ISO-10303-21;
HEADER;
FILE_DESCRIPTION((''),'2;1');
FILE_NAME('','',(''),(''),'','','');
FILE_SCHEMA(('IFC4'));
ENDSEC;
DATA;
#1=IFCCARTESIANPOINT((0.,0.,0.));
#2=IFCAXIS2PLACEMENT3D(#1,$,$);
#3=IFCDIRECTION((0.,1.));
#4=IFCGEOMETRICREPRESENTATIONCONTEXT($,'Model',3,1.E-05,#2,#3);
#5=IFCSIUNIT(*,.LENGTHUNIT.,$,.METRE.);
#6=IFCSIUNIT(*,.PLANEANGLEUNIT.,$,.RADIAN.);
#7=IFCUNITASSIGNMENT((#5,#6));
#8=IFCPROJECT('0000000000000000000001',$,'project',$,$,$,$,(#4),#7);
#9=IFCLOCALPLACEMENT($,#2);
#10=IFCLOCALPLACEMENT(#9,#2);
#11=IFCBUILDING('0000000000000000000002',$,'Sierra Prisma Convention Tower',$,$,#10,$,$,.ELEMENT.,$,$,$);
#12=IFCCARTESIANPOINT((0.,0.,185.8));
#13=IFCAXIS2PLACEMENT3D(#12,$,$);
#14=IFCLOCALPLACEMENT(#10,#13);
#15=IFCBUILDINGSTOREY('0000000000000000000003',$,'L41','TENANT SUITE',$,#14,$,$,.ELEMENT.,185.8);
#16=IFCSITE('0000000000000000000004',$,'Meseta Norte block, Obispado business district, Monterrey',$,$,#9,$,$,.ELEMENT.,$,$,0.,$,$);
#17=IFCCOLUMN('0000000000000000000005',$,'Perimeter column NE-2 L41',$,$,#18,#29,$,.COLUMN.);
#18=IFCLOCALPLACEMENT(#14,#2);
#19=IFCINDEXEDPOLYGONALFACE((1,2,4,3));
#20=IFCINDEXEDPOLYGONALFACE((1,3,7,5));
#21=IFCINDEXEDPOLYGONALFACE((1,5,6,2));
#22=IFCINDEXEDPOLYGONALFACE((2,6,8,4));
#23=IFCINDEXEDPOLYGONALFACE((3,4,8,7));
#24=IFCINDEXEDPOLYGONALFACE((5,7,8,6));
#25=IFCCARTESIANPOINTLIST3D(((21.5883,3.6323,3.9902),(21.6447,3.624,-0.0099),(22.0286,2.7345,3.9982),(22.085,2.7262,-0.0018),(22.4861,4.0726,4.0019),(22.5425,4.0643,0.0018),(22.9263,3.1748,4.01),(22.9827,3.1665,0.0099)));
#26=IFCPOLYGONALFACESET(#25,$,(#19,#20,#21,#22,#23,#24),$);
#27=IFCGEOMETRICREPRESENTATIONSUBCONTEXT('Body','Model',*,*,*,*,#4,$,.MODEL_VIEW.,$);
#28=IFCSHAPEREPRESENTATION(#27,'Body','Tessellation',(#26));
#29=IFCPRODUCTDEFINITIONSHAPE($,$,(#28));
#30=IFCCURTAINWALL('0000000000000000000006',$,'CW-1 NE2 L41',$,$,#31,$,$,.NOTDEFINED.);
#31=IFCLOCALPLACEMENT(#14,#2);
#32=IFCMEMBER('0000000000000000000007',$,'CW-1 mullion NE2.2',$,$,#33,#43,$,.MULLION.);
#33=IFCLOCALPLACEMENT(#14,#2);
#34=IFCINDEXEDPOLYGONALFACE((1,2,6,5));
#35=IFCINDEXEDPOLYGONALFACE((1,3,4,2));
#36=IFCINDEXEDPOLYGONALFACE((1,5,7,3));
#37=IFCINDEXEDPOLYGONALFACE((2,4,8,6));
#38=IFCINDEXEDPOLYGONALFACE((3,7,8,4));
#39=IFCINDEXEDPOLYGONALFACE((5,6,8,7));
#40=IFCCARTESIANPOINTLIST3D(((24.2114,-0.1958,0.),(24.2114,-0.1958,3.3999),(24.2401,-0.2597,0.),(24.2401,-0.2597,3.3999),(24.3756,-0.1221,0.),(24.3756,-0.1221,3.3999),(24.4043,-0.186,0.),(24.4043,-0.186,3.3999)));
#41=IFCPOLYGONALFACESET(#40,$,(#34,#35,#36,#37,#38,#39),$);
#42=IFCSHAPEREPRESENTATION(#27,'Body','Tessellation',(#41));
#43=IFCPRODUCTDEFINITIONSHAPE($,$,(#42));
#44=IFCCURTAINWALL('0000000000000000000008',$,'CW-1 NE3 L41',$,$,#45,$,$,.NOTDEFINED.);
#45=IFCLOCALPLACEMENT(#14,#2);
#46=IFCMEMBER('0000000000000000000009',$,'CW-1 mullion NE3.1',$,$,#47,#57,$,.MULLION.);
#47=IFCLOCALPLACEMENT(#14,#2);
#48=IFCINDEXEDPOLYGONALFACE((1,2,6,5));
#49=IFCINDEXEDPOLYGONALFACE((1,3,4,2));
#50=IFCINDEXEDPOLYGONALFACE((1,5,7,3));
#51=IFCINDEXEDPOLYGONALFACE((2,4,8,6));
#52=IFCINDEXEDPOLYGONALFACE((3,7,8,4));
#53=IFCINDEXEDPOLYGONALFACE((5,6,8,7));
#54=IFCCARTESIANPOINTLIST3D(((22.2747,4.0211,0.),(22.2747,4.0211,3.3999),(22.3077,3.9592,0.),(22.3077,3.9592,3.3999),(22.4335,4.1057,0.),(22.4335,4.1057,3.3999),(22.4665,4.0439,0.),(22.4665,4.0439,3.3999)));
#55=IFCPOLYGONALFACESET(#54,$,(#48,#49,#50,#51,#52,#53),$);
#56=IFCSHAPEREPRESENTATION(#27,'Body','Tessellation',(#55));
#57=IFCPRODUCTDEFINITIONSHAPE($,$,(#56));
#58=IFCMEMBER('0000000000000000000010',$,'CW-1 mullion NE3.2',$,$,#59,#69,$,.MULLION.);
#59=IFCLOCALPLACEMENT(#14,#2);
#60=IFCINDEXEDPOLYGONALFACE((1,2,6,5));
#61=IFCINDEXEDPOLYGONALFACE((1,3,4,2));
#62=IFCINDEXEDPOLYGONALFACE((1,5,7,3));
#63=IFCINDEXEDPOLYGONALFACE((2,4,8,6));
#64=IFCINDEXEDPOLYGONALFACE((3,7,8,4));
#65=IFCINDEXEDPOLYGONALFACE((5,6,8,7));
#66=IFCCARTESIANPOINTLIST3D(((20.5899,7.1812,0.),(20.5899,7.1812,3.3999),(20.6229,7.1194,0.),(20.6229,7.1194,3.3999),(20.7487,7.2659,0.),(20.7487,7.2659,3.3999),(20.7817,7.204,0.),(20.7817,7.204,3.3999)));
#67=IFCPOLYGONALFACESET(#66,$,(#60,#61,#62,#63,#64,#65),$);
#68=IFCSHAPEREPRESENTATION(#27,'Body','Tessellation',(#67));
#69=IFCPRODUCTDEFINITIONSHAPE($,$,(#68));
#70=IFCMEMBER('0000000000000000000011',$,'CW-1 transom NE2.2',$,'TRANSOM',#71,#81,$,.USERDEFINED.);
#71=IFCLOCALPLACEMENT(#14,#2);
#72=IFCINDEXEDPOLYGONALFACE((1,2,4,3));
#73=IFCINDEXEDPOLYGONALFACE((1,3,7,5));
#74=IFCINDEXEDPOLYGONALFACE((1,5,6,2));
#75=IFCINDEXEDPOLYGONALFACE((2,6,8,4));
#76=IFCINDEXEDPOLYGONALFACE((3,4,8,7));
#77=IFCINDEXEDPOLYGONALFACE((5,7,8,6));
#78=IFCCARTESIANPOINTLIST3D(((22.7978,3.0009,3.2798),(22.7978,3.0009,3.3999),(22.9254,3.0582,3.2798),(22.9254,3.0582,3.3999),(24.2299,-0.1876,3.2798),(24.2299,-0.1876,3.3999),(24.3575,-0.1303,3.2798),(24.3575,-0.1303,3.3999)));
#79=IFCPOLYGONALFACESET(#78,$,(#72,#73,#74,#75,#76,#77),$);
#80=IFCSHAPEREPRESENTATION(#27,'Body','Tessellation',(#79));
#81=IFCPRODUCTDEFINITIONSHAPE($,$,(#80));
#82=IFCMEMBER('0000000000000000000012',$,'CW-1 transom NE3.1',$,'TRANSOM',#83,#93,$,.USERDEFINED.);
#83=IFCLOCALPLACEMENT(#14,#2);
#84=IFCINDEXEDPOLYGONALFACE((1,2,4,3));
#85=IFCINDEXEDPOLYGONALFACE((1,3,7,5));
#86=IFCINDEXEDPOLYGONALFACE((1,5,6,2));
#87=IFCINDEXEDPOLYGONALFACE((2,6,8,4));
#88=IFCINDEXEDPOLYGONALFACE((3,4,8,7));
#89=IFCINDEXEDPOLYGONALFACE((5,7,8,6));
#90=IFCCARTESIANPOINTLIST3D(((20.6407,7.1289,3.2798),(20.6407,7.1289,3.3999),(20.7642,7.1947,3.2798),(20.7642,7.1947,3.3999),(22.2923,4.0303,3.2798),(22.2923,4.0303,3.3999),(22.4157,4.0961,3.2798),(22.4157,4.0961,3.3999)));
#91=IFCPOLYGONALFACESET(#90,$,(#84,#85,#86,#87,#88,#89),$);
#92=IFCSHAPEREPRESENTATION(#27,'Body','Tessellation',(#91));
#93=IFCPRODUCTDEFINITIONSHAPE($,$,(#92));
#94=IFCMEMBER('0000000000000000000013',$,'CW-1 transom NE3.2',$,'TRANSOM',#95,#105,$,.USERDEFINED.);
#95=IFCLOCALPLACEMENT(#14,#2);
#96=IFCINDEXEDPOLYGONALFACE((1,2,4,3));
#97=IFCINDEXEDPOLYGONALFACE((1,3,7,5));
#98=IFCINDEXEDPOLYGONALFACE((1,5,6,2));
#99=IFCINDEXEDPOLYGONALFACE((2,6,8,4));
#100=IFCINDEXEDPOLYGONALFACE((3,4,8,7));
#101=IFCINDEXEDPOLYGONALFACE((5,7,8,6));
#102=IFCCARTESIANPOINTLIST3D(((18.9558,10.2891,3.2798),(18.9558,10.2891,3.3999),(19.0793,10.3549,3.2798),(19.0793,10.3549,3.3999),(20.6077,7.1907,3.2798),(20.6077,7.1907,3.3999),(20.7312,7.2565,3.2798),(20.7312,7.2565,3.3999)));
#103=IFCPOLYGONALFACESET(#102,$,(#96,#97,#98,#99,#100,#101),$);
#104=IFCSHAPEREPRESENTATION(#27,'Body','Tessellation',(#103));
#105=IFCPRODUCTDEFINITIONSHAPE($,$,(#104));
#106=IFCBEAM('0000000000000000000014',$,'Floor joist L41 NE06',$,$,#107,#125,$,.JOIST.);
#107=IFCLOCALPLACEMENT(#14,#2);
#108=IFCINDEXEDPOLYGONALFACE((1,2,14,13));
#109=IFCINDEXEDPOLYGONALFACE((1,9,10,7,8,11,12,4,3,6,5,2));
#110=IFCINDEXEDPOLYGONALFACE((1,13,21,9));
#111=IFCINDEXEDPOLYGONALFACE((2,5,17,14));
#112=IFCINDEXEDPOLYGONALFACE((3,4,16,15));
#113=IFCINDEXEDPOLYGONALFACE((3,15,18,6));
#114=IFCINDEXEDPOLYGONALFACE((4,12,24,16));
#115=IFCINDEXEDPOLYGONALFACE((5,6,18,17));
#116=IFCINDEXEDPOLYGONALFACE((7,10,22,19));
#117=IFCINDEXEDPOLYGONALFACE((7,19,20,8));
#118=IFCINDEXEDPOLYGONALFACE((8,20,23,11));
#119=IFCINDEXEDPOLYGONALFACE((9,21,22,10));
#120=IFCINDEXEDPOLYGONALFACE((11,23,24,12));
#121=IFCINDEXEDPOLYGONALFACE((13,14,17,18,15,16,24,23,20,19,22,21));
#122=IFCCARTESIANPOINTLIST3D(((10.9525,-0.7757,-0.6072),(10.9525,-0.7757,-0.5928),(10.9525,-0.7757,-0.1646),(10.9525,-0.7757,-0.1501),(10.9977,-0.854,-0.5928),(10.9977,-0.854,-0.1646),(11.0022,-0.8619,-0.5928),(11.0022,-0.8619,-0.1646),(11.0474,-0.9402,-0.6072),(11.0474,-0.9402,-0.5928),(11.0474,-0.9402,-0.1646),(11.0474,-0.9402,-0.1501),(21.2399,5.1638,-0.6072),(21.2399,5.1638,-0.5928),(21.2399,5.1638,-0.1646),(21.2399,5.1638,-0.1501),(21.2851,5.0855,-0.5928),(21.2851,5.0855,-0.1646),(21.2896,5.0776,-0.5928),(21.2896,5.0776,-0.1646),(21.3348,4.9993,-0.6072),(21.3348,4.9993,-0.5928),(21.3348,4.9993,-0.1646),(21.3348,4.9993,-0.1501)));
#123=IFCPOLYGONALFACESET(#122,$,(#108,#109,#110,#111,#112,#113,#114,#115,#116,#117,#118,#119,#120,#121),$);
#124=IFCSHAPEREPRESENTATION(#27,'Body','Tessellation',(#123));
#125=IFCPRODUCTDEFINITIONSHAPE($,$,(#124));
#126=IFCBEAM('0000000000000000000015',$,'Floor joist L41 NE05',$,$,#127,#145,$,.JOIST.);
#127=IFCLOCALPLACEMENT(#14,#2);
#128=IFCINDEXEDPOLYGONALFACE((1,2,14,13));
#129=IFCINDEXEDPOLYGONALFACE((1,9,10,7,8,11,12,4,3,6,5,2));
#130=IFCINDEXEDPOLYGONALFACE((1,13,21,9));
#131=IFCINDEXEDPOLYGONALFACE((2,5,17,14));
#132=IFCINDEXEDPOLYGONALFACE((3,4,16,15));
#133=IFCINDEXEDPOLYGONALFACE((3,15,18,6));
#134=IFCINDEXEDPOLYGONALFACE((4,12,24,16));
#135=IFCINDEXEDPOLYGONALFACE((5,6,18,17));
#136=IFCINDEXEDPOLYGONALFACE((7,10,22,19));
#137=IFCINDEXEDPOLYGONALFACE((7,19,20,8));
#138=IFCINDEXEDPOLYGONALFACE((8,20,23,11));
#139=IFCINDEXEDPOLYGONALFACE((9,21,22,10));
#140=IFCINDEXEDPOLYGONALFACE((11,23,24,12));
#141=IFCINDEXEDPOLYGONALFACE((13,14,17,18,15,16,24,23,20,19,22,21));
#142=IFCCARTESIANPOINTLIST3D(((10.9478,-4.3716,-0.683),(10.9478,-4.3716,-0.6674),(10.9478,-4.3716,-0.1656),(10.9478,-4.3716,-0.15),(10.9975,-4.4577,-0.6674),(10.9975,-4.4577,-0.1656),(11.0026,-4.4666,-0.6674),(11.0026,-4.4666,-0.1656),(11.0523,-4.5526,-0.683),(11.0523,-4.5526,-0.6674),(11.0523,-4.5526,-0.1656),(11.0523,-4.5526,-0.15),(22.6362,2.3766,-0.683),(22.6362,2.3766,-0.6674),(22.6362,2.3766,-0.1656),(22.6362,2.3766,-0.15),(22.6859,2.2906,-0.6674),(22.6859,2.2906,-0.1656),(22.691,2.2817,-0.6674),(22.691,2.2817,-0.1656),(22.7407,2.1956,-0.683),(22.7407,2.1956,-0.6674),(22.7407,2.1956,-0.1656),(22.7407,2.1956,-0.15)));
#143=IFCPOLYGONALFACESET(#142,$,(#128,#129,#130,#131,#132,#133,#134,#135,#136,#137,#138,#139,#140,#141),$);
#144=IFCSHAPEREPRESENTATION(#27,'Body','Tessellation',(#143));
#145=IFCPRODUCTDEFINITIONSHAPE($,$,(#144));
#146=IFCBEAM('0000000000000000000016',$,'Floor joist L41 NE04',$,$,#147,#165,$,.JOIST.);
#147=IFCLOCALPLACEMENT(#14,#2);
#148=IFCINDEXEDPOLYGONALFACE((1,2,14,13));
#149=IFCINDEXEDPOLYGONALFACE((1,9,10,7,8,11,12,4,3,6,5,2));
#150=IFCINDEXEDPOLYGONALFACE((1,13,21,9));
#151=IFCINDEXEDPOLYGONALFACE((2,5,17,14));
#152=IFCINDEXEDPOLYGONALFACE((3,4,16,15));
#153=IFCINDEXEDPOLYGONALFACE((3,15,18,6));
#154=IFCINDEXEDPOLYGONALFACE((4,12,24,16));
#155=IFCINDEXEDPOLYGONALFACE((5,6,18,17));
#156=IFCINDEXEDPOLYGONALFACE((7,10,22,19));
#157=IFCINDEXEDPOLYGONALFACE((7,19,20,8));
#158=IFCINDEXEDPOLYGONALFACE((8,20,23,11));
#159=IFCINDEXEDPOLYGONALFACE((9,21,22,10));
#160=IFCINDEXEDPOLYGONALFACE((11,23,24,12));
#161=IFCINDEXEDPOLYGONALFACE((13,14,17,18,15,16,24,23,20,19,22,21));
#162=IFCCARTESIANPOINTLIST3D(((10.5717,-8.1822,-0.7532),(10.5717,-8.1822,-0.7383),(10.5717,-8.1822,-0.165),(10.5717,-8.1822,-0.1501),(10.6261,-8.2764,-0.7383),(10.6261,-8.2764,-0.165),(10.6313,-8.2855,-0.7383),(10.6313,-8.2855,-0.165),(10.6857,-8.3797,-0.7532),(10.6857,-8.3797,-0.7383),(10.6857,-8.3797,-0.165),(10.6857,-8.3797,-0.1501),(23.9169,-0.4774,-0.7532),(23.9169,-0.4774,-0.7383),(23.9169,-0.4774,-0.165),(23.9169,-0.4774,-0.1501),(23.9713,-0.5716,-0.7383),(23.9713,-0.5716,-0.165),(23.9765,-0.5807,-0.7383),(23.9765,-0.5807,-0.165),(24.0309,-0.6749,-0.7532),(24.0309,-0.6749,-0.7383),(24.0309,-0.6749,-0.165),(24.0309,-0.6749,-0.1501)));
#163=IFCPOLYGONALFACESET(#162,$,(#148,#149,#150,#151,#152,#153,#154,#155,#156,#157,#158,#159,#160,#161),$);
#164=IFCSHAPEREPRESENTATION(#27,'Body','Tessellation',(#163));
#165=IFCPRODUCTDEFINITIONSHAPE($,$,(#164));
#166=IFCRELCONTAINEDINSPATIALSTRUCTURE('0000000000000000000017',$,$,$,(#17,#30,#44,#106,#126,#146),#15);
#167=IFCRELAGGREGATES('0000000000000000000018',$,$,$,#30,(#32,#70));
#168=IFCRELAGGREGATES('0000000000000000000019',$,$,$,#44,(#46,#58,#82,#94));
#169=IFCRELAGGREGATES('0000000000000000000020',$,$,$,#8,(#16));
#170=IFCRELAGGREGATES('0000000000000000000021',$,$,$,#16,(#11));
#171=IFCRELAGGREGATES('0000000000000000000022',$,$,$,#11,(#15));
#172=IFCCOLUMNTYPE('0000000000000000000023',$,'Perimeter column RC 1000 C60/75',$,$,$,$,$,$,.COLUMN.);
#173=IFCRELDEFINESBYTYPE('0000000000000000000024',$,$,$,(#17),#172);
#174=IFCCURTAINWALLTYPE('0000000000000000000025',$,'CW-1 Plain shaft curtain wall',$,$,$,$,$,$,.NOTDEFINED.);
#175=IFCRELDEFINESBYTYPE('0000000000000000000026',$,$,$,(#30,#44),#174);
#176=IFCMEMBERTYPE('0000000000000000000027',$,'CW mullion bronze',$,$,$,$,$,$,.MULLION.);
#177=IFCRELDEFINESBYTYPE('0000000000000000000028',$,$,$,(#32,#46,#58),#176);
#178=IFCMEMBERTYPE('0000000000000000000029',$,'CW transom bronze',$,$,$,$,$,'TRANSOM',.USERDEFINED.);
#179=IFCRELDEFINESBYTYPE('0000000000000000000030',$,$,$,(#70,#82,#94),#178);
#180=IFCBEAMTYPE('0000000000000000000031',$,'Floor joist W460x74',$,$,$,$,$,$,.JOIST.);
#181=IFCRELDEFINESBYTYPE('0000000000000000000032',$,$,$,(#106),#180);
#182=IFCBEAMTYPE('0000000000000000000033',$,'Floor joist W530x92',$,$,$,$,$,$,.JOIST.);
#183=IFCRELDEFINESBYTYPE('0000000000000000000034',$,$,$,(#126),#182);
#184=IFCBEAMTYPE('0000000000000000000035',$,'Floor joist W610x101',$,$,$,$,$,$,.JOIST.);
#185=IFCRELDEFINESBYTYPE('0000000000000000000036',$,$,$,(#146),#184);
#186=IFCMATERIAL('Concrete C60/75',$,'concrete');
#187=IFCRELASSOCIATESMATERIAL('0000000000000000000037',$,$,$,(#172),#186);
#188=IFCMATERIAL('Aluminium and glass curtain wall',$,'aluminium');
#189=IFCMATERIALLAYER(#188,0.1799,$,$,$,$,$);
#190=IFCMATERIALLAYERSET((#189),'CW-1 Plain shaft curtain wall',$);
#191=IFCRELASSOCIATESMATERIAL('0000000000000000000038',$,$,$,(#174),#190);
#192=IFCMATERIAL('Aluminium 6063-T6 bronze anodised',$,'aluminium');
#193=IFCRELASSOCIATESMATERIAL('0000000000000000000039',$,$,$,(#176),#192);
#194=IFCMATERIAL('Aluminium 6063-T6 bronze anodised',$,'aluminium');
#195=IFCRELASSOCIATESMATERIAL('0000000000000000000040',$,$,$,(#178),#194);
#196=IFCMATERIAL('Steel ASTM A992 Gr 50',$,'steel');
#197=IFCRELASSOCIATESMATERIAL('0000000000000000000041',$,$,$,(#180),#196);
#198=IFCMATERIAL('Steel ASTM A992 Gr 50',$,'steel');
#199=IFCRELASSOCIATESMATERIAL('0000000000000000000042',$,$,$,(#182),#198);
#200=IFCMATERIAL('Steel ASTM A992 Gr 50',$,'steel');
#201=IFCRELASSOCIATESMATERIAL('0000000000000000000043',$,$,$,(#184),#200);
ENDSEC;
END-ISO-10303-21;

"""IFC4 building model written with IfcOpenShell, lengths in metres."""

from ifc_helpers import new_model, si_unit, direction, frame, origin, origin_2d, place, context, subcontext, project, spatial, rectangle, i_section, extrude, material, layer, layer_set, material_profile, profile_set, type_object, element, aggregate, save


model = new_model("IFC4")

# Units and contexts
model_context = context("Model", 3, precision=1e-05, world=origin(), true_north=direction((0.0, 1.0)))
body_context = subcontext(model_context, "Body", "Model", "MODEL_VIEW")
ifc_project = project(units=[si_unit("LENGTHUNIT", "METRE"), si_unit("PLANEANGLEUNIT", "RADIAN")], contexts=[model_context])

# Site, building, storey
site_placement = place(None, origin())
site = spatial("IfcSite", under=ifc_project, at=site_placement, Name="Meseta Norte block, Obispado business district, Monterrey", CompositionType="ELEMENT", RefElevation=0.0)
building_placement = place(site_placement, origin())
building = spatial("IfcBuilding", under=site, at=building_placement, Name="Sierra Prisma Convention Tower", CompositionType="ELEMENT")
storey_placement = place(building_placement, frame((0.0, 0.0, 185.8)))
storey = spatial("IfcBuildingStorey", under=building, at=storey_placement, Name="L41", Description="TENANT SUITE", CompositionType="ELEMENT", Elevation=185.8)

# Column
ifc_material_1 = material(Name="Concrete C60/75", Category="concrete")
ifc_material_profile_1 = material_profile(ifc_material_1, rectangle(XDim=1.0, YDim=1.0, at=origin_2d()), Name="Perimeter column RC 1000 C60/75")
ifc_profile_set_1 = profile_set([ifc_material_profile_1], Name="Concrete C60/75")
column_type = type_object("IfcColumnType", Name="Perimeter column RC 1000 C60/75", PredefinedType="COLUMN", material=ifc_profile_set_1)
column_placement = place(storey_placement, frame((22.3137, 3.3953, 0.0), z_axis=(-0.014098, 0.002075, 0.999898), x_axis=(-0.440273, 0.897828, -0.008071)))
element("IfcColumn", 1, at=column_placement, inside=storey, type_object=column_type, Name="Perimeter column NE-2 L41", PredefinedType="COLUMN", context=body_context, shape_type="SweptSolid", body=[
    extrude(rectangle(XDim=1.0, YDim=1.0, at=origin_2d()), origin(), (0.0, 0.0, 1.0), 4.0005),
])

# Curtain wall, member
ifc_material_2 = material(Name="Aluminium and glass curtain wall", Category="aluminium")
ifc_layer_1 = layer(ifc_material_2, 0.1799)
ifc_layer_set_1 = layer_set([ifc_layer_1], Name="CW-1 Plain shaft curtain wall")
curtain_wall_type = type_object("IfcCurtainWallType", Name="CW-1 Plain shaft curtain wall", PredefinedType="NOTDEFINED", material=ifc_layer_set_1)
curtain_wall_1_placement = place(storey_placement, origin())
curtain_wall_1 = element("IfcCurtainWall", 2, at=curtain_wall_1_placement, inside=storey, type_object=curtain_wall_type, Name="CW-1 NE2 L41", PredefinedType="NOTDEFINED")
ifc_material_3 = material(Name="Aluminium 6063-T6 bronze anodised", Category="aluminium")
ifc_material_profile_2 = material_profile(ifc_material_3, rectangle(XDim=0.1799, YDim=0.0701, at=origin_2d()), Name="ALU MULLION 70x180")
ifc_profile_set_2 = profile_set([ifc_material_profile_2], Name="Aluminium 6063-T6 bronze anodised")
member_type_1 = type_object("IfcMemberType", Name="CW mullion bronze", PredefinedType="MULLION", material=ifc_profile_set_2)
member_1_placement = place(storey_placement, frame((24.3079, -0.1909, 0.0), z_axis=(0.0, 0.0, 1.0), x_axis=(-0.912219, -0.409703, 0.0)))
member_1 = element("IfcMember", 3, at=member_1_placement, type_object=member_type_1, Name="CW-1 mullion NE2.2", PredefinedType="MULLION", context=body_context, shape_type="SweptSolid", body=[
    extrude(rectangle(XDim=0.1799, YDim=0.0701, at=origin_2d()), origin(), (0.0, 0.0, 1.0), 3.3999),
])

# Curtain wall, members
curtain_wall_2_placement = place(storey_placement, origin())
curtain_wall_2 = element("IfcCurtainWall", 4, at=curtain_wall_2_placement, inside=storey, type_object=curtain_wall_type, Name="CW-1 NE3 L41", PredefinedType="NOTDEFINED")
member_2_placement = place(storey_placement, frame((22.3706, 4.0325, 0.0), z_axis=(0.0, 0.0, 1.0), x_axis=(-0.882439, -0.470428, 0.0)))
member_2 = element("IfcMember", 5, at=member_2_placement, type_object=member_type_1, Name="CW-1 mullion NE3.1", PredefinedType="MULLION", context=body_context, shape_type="SweptSolid", body=[
    extrude(rectangle(XDim=0.1799, YDim=0.0701, at=origin_2d()), origin(), (0.0, 0.0, 1.0), 3.3999),
])
member_3_placement = place(storey_placement, frame((20.6858, 7.1926, 0.0), z_axis=(0.0, 0.0, 1.0), x_axis=(-0.882439, -0.470428, 0.0)))
member_3 = element("IfcMember", 6, at=member_3_placement, type_object=member_type_1, Name="CW-1 mullion NE3.2", PredefinedType="MULLION", context=body_context, shape_type="SweptSolid", body=[
    extrude(rectangle(XDim=0.1799, YDim=0.0701, at=origin_2d()), origin(), (0.0, 0.0, 1.0), 3.3999),
])

# Members
ifc_material_4 = material(Name="Aluminium 6063-T6 bronze anodised", Category="aluminium")
ifc_material_profile_3 = material_profile(ifc_material_4, rectangle(XDim=0.1399, YDim=0.1201, at=origin_2d()), Name="ALU TRANSOM 120x140")
ifc_profile_set_3 = profile_set([ifc_material_profile_3], Name="Aluminium 6063-T6 bronze anodised")
member_type_2 = type_object("IfcMemberType", Name="CW transom bronze", ElementType="TRANSOM", PredefinedType="USERDEFINED", material=ifc_profile_set_3)
member_4_placement = place(storey_placement, frame((24.2937, -0.1589, 3.3398), z_axis=(-0.409726, 0.912209, 0.0), x_axis=(-0.912209, -0.409726, 0.0)))
member_4 = element("IfcMember", 7, at=member_4_placement, type_object=member_type_2, Name="CW-1 transom NE2.2", ObjectType="TRANSOM", PredefinedType="USERDEFINED", context=body_context, shape_type="SweptSolid", body=[
    extrude(rectangle(XDim=0.1399, YDim=0.1201, at=origin_2d()), origin(), (0.0, 0.0, 1.0), 3.4954),
])
member_5_placement = place(storey_placement, frame((22.354, 4.0632, 3.3398), z_axis=(-0.470368, 0.88247, 0.0), x_axis=(-0.88247, -0.470368, 0.0)))
member_5 = element("IfcMember", 8, at=member_5_placement, type_object=member_type_2, Name="CW-1 transom NE3.1", ObjectType="TRANSOM", PredefinedType="USERDEFINED", context=body_context, shape_type="SweptSolid", body=[
    extrude(rectangle(XDim=0.1399, YDim=0.1201, at=origin_2d()), origin(), (0.0, 0.0, 1.0), 3.5112),
])
member_6_placement = place(storey_placement, frame((20.6694, 7.2236, 3.3398), z_axis=(-0.470451, 0.882426, 0.0), x_axis=(-0.882426, -0.470451, 0.0)))
member_6 = element("IfcMember", 9, at=member_6_placement, type_object=member_type_2, Name="CW-1 transom NE3.2", ObjectType="TRANSOM", PredefinedType="USERDEFINED", context=body_context, shape_type="SweptSolid", body=[
    extrude(rectangle(XDim=0.1399, YDim=0.1201, at=origin_2d()), origin(), (0.0, 0.0, 1.0), 3.5112),
])

# Beams
ifc_material_5 = material(Name="Steel ASTM A992 Gr 50", Category="steel")
ifc_material_profile_4 = material_profile(ifc_material_5, i_section(OverallWidth=0.1899, OverallDepth=0.457, WebThickness=0.009, FlangeThickness=0.0144, at=origin_2d()), Name="W460x74")
ifc_profile_set_4 = profile_set([ifc_material_profile_4], Name="Steel ASTM A992 Gr 50")
beam_type_1 = type_object("IfcBeamType", Name="Floor joist W460x74", PredefinedType="JOIST", material=ifc_profile_set_4)
beam_1_placement = place(storey_placement, frame((21.2874, 5.0815, -0.3787), z_axis=(-0.866024, -0.500003, 0.0), x_axis=(0.500003, -0.866024, 0.0)))
element("IfcBeam", 10, at=beam_1_placement, inside=storey, type_object=beam_type_1, Name="Floor joist L41 NE06", PredefinedType="JOIST", context=body_context, shape_type="SweptSolid", body=[
    extrude(i_section(OverallWidth=0.1899, OverallDepth=0.457, WebThickness=0.009, FlangeThickness=0.0144, at=origin_2d()), origin(), (0.0, 0.0, 1.0), 11.8789),
])
ifc_material_6 = material(Name="Steel ASTM A992 Gr 50", Category="steel")
ifc_material_profile_5 = material_profile(ifc_material_6, i_section(OverallWidth=0.209, OverallDepth=0.533, WebThickness=0.0103, FlangeThickness=0.0156, at=origin_2d()), Name="W530x92")
ifc_profile_set_5 = profile_set([ifc_material_profile_5], Name="Steel ASTM A992 Gr 50")
beam_type_2 = type_object("IfcBeamType", Name="Floor joist W530x92", PredefinedType="JOIST", material=ifc_profile_set_5)
beam_2_placement = place(storey_placement, frame((22.6885, 2.2861, -0.4165), z_axis=(-0.866027, -0.499997, 0.0), x_axis=(0.499997, -0.866027, 0.0)))
element("IfcBeam", 11, at=beam_2_placement, inside=storey, type_object=beam_type_2, Name="Floor joist L41 NE05", PredefinedType="JOIST", context=body_context, shape_type="SweptSolid", body=[
    extrude(i_section(OverallWidth=0.209, OverallDepth=0.533, WebThickness=0.0103, FlangeThickness=0.0156, at=origin_2d()), origin(), (0.0, 0.0, 1.0), 13.4966),
])
ifc_material_7 = material(Name="Steel ASTM A992 Gr 50", Category="steel")
ifc_material_profile_6 = material_profile(ifc_material_7, i_section(OverallWidth=0.228, OverallDepth=0.603, WebThickness=0.0105, FlangeThickness=0.0149, at=origin_2d()), Name="W610x101")
ifc_profile_set_6 = profile_set([ifc_material_profile_6], Name="Steel ASTM A992 Gr 50")
beam_type_3 = type_object("IfcBeamType", Name="Floor joist W610x101", PredefinedType="JOIST", material=ifc_profile_set_6)
beam_3_placement = place(storey_placement, frame((23.9739, -0.5762, -0.4517), z_axis=(-0.866026, -0.499999, 0.0), x_axis=(0.499999, -0.866026, 0.0)))
element("IfcBeam", 12, at=beam_3_placement, inside=storey, type_object=beam_type_3, Name="Floor joist L41 NE04", PredefinedType="JOIST", context=body_context, shape_type="SweptSolid", body=[
    extrude(i_section(OverallWidth=0.228, OverallDepth=0.603, WebThickness=0.0105, FlangeThickness=0.0149, at=origin_2d()), origin(), (0.0, 0.0, 1.0), 15.4097),
])

aggregate(curtain_wall_1, [member_1, member_4])
aggregate(curtain_wall_2, [member_2, member_3, member_5, member_6])

save(model, "model.ifc")
